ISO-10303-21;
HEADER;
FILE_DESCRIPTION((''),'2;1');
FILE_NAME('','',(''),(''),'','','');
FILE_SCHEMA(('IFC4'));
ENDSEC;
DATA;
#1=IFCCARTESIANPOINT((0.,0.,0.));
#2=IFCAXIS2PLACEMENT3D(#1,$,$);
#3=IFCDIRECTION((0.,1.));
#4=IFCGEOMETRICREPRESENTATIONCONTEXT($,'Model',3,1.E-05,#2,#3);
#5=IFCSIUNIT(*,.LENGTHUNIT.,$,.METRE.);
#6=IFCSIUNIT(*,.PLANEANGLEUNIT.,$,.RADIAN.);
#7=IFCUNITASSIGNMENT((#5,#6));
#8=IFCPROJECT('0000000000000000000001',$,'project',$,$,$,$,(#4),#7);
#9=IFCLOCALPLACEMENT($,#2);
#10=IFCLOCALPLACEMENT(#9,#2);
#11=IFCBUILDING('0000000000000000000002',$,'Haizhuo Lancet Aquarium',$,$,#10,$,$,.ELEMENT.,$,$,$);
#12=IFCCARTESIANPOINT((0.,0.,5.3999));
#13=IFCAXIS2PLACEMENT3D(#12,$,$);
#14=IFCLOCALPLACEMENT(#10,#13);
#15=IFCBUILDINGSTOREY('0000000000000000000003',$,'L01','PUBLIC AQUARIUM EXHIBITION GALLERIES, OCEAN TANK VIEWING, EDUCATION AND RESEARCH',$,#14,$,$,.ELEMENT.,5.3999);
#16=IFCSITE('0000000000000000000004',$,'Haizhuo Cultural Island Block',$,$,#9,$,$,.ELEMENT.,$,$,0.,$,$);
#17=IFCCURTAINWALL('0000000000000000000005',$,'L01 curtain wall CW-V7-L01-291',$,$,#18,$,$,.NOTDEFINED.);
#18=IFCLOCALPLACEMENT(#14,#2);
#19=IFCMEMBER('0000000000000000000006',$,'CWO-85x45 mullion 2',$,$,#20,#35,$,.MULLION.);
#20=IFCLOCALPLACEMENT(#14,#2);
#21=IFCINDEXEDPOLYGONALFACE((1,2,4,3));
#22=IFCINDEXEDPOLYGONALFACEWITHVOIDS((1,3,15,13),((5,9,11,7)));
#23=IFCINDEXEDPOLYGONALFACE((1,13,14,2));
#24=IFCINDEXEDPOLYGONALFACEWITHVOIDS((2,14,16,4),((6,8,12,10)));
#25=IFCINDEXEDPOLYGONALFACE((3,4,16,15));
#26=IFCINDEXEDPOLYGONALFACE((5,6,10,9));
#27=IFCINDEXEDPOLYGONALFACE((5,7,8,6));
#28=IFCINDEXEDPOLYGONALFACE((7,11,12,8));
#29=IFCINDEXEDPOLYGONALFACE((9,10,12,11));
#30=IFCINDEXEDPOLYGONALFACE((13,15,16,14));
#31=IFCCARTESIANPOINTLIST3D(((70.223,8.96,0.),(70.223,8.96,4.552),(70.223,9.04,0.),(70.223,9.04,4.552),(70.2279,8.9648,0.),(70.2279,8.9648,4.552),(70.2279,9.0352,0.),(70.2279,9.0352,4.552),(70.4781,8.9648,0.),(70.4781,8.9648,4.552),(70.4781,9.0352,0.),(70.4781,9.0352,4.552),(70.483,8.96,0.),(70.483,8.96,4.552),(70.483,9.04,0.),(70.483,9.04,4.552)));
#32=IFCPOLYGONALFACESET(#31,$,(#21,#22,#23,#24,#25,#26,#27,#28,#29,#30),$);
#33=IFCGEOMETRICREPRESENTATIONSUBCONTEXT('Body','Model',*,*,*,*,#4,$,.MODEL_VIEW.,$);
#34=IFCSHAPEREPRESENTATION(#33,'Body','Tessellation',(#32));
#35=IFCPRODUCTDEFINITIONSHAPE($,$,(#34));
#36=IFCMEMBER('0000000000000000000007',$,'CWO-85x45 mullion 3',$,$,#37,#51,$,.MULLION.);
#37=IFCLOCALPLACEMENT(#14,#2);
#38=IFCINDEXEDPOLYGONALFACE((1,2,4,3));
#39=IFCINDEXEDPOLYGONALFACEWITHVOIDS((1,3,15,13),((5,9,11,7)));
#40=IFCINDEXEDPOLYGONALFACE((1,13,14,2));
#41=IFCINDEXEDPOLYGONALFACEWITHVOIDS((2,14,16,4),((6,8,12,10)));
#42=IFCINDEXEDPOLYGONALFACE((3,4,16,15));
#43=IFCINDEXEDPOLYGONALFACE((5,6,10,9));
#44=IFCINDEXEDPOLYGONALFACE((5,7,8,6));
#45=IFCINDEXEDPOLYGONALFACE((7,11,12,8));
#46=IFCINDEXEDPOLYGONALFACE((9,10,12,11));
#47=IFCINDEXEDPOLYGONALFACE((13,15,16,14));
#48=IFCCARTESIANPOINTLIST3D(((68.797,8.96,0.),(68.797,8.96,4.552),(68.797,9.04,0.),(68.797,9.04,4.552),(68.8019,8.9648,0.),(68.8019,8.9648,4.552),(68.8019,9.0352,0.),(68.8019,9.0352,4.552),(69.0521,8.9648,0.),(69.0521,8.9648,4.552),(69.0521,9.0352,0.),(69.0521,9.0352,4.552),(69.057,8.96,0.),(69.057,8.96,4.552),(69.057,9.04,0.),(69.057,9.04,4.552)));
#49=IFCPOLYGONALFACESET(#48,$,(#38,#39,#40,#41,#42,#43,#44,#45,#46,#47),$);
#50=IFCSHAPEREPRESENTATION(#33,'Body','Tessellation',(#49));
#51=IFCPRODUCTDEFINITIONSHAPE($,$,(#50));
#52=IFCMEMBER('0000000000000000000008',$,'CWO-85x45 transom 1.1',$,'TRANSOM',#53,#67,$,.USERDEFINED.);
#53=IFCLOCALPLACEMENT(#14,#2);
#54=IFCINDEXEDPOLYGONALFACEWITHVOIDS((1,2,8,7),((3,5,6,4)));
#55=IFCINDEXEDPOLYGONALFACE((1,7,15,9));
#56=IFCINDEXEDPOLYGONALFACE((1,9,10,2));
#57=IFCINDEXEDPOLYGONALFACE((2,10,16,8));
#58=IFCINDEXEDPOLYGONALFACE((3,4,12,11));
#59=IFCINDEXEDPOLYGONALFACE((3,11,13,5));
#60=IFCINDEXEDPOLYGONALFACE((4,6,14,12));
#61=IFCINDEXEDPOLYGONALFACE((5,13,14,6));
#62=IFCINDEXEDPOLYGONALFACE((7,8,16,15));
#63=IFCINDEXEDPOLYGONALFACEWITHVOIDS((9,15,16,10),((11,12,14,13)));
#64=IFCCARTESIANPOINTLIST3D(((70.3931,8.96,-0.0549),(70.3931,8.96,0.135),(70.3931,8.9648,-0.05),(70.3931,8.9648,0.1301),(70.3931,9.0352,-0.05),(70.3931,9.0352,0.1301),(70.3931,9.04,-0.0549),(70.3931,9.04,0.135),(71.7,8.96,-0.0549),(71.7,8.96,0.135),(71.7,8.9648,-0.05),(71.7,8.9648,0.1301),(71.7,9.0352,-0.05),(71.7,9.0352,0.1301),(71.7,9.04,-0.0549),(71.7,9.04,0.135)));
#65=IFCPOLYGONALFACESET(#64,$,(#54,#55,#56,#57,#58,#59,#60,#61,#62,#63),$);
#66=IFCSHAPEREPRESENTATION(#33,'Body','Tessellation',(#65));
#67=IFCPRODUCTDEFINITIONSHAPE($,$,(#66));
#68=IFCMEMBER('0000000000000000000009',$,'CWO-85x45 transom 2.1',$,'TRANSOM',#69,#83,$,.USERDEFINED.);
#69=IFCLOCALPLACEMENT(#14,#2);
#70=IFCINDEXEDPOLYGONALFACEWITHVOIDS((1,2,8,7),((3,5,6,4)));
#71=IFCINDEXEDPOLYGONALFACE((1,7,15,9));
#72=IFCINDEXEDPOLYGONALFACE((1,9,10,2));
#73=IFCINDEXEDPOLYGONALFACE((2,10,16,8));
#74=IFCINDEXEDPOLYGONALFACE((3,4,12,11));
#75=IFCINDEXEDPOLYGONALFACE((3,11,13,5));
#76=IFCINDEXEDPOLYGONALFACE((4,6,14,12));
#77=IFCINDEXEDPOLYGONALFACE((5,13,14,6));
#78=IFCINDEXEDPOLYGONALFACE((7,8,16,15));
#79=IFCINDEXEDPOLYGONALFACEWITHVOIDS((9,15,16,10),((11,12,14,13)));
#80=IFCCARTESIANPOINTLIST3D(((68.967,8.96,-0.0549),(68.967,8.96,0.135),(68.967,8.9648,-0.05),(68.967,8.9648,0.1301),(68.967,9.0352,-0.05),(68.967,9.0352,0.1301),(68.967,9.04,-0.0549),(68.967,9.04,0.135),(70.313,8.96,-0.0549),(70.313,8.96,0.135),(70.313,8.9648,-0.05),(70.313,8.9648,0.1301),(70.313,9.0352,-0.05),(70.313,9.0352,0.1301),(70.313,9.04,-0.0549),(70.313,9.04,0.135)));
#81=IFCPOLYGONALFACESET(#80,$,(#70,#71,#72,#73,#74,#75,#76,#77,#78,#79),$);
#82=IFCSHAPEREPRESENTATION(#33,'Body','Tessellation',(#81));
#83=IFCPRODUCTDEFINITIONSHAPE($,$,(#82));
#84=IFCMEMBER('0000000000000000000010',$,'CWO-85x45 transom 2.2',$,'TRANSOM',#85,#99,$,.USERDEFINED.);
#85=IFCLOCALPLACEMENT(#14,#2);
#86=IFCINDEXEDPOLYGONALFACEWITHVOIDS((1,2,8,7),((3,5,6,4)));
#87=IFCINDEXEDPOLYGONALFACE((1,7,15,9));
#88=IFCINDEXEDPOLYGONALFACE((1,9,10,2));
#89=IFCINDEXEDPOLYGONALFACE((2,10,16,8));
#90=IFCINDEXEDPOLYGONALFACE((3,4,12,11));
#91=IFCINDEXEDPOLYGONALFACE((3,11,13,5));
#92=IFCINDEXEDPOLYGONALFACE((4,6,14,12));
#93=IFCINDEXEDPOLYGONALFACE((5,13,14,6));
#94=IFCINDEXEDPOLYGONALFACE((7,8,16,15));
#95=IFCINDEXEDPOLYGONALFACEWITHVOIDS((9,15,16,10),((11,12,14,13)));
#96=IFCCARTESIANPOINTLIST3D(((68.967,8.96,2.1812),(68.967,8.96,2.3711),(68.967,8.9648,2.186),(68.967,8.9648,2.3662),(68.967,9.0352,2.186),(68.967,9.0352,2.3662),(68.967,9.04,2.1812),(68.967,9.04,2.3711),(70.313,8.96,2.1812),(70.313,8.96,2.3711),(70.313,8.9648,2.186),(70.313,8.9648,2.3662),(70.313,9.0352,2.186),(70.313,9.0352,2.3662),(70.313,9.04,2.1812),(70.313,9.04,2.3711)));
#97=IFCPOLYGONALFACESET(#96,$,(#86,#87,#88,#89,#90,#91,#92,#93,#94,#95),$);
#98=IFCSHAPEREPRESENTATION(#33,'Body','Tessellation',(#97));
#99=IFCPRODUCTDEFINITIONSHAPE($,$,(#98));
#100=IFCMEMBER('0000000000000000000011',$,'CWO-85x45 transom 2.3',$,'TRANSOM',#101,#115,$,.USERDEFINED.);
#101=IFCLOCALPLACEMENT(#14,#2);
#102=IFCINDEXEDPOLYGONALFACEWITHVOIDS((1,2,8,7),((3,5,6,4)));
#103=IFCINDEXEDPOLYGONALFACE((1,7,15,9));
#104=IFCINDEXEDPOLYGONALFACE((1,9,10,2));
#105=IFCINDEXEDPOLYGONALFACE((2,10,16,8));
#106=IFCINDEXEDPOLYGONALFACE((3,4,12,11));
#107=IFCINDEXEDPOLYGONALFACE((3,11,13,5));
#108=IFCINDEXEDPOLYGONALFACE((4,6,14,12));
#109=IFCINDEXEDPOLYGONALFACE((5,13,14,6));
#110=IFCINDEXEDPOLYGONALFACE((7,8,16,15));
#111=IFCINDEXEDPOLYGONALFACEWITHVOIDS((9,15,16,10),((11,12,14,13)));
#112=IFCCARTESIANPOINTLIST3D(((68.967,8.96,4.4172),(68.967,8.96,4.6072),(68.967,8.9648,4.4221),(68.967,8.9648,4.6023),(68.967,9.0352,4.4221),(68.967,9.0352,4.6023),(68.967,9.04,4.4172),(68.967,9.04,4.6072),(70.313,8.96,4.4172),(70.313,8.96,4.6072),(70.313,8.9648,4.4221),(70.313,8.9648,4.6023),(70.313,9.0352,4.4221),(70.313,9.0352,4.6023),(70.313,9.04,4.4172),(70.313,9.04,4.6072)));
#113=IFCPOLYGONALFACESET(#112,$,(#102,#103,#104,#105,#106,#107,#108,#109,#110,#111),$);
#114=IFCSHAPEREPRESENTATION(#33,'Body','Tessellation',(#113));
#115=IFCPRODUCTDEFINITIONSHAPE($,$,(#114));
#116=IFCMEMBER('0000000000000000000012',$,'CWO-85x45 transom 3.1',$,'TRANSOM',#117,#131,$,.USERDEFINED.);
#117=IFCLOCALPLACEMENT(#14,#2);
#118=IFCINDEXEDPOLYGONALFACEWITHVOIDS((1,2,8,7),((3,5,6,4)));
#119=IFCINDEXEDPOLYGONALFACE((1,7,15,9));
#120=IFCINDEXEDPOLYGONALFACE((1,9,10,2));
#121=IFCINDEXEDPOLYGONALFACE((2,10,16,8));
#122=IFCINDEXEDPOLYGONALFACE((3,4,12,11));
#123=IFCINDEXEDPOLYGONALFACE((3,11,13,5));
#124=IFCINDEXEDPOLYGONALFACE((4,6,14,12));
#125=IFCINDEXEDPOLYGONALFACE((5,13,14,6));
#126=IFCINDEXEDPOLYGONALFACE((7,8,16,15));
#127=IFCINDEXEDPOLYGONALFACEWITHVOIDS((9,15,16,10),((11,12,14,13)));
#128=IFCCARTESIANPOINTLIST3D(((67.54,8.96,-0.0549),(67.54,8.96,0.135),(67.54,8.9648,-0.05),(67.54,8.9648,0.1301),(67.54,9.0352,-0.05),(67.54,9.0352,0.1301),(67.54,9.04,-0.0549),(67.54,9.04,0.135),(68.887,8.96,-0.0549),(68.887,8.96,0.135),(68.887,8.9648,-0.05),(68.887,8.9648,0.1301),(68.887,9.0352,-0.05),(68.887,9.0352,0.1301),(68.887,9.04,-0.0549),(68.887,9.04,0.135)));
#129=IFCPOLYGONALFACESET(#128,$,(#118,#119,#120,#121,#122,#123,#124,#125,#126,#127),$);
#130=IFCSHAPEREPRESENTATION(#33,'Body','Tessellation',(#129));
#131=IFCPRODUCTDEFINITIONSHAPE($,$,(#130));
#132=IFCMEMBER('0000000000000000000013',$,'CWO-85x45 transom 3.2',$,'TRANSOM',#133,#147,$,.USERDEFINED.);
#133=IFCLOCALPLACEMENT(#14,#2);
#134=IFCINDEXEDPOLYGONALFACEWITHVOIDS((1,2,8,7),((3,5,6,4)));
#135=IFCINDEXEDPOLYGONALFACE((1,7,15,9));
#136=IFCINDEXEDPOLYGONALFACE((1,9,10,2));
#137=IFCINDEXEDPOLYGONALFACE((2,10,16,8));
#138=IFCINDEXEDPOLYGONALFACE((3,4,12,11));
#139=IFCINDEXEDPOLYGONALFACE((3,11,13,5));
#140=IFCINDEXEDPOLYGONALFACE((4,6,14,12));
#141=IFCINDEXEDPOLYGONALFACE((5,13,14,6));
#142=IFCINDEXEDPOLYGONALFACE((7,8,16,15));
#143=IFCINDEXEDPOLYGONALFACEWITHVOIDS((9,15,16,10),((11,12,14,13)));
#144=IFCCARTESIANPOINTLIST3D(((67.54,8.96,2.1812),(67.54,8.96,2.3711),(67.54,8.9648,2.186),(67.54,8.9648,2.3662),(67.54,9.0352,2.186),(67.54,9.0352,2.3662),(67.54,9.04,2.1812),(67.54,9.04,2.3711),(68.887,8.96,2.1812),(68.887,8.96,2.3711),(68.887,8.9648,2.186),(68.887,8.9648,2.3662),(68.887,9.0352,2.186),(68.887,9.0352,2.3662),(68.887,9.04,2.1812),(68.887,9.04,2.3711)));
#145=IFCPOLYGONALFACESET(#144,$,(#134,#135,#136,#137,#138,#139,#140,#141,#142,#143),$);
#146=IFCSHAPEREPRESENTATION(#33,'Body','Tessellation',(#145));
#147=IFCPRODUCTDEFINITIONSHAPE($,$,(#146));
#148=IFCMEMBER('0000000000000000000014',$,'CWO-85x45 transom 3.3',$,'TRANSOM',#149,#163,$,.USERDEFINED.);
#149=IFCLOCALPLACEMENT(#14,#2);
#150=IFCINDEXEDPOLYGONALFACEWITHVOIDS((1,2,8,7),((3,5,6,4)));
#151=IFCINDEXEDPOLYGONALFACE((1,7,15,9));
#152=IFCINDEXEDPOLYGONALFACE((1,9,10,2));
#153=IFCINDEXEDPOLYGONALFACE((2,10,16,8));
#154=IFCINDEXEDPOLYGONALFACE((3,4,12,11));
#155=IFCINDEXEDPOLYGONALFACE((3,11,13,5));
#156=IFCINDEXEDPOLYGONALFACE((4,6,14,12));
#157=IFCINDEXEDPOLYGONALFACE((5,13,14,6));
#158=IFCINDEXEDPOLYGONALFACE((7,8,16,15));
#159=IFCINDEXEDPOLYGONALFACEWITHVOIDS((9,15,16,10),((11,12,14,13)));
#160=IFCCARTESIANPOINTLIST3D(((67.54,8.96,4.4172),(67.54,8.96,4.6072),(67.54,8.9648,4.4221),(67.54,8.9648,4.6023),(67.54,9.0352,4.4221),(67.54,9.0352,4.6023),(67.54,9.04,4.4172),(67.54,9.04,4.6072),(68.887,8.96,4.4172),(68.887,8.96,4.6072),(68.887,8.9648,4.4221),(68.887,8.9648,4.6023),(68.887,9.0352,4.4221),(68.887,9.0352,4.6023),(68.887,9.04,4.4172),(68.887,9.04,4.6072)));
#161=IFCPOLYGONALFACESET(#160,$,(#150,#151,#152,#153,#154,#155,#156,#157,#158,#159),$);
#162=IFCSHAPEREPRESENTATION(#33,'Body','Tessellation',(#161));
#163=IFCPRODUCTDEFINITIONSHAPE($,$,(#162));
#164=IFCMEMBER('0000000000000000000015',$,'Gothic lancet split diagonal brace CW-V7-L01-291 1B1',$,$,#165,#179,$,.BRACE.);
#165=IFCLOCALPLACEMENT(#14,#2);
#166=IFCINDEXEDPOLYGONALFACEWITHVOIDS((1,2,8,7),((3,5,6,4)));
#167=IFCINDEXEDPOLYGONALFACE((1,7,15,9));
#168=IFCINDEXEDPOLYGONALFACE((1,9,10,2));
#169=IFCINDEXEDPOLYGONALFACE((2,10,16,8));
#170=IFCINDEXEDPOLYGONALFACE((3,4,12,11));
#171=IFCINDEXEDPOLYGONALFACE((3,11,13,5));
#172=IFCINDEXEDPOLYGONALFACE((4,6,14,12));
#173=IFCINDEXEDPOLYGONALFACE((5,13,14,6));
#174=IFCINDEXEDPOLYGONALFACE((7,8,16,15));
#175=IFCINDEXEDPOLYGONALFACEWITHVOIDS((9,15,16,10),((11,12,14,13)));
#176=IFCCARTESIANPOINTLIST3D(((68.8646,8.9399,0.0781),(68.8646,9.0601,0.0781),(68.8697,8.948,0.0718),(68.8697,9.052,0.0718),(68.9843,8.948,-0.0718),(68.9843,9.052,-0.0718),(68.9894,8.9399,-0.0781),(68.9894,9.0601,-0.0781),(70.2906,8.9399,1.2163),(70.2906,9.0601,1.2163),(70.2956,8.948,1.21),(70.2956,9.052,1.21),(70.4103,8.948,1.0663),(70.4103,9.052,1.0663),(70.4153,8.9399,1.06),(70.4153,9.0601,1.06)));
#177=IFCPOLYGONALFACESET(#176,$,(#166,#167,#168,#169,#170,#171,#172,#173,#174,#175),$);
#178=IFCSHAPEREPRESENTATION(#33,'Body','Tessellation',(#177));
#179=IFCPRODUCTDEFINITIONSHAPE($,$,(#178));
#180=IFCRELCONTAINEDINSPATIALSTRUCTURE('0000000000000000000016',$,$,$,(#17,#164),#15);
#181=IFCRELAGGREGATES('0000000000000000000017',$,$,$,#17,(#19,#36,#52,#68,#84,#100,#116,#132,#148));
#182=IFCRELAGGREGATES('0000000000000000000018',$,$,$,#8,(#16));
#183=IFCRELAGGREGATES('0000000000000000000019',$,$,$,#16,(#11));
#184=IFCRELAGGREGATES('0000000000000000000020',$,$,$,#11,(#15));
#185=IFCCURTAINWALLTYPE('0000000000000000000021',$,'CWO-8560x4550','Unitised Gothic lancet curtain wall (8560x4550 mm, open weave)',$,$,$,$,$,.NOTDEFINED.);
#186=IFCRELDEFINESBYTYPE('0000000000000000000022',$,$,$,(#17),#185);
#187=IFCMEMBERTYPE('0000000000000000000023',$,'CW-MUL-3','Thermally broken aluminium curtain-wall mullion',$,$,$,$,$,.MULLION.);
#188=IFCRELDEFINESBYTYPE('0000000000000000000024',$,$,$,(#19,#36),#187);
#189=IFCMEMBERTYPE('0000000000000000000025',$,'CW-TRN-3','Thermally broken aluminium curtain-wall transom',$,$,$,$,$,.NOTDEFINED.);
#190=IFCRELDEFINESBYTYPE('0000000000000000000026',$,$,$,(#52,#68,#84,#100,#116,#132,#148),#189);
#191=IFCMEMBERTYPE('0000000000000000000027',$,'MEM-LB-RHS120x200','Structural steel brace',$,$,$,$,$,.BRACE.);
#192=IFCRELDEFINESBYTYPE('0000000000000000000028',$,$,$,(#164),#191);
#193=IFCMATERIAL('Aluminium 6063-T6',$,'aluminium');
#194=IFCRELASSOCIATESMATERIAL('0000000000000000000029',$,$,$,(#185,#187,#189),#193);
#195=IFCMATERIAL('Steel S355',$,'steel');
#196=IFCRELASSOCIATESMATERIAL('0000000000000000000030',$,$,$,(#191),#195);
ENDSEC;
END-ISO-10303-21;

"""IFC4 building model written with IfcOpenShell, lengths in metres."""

from ifc_helpers import new_model, si_unit, direction, frame, origin, origin_2d, place, context, subcontext, project, spatial, hollow_rectangle, extrude, material, material_profile, profile_set, type_object, element, aggregate, save


model = new_model("IFC4")

# Units and contexts
model_context = context("Model", 3, precision=1e-05, world=origin(), true_north=direction((0.0, 1.0)))
body_context = subcontext(model_context, "Body", "Model", "MODEL_VIEW")
ifc_project = project(units=[si_unit("LENGTHUNIT", "METRE"), si_unit("PLANEANGLEUNIT", "RADIAN")], contexts=[model_context])

# Site, building, storey
site_placement = place(None, origin())
site = spatial("IfcSite", under=ifc_project, at=site_placement, Name="Haizhuo Cultural Island Block", CompositionType="ELEMENT", RefElevation=0.0)
building_placement = place(site_placement, origin())
building = spatial("IfcBuilding", under=site, at=building_placement, Name="Haizhuo Lancet Aquarium", CompositionType="ELEMENT")
storey_placement = place(building_placement, frame((0.0, 0.0, 5.3999)))
storey = spatial("IfcBuildingStorey", under=building, at=storey_placement, Name="L01", Description="PUBLIC AQUARIUM EXHIBITION GALLERIES, OCEAN TANK VIEWING, EDUCATION AND RESEARCH", CompositionType="ELEMENT", Elevation=5.3999)

# Curtain wall, members
ifc_material_1 = material(Name="Aluminium 6063-T6", Category="aluminium")
curtain_wall_type = type_object("IfcCurtainWallType", Name="CWO-8560x4550", Description="Unitised Gothic lancet curtain wall (8560x4550 mm, open weave)", PredefinedType="NOTDEFINED", material=ifc_material_1)
curtain_wall_placement = place(storey_placement, origin())
curtain_wall = element("IfcCurtainWall", 1, at=curtain_wall_placement, inside=storey, type_object=curtain_wall_type, Name="L01 curtain wall CW-V7-L01-291", PredefinedType="NOTDEFINED")
ifc_material_profile_1 = material_profile(ifc_material_1, hollow_rectangle(XDim=0.0801, YDim=0.26, WallThickness=0.0049, at=origin_2d()), Name="ALU-M 80x260x5")
ifc_profile_set_1 = profile_set([ifc_material_profile_1], Name="Aluminium 6063-T6")
member_type_1 = type_object("IfcMemberType", Name="CW-MUL-3", Description="Thermally broken aluminium curtain-wall mullion", PredefinedType="MULLION", material=ifc_profile_set_1)
member_1_placement = place(storey_placement, frame((70.353, 9.0, 0.0), z_axis=(0.0, 0.0, 1.0), x_axis=(0.0, -1.0, 0.0)))
member_1 = element("IfcMember", 2, at=member_1_placement, type_object=member_type_1, Name="CWO-85x45 mullion 2", PredefinedType="MULLION", context=body_context, shape_type="SweptSolid", body=[
    extrude(hollow_rectangle(XDim=0.0801, YDim=0.26, WallThickness=0.0049, at=origin_2d()), origin(), (0.0, 0.0, 1.0), 4.552),
])
member_2_placement = place(storey_placement, frame((68.927, 9.0, 0.0), z_axis=(0.0, 0.0, 1.0), x_axis=(0.0, -1.0, 0.0)))
member_2 = element("IfcMember", 3, at=member_2_placement, type_object=member_type_1, Name="CWO-85x45 mullion 3", PredefinedType="MULLION", context=body_context, shape_type="SweptSolid", body=[
    extrude(hollow_rectangle(XDim=0.0801, YDim=0.26, WallThickness=0.0049, at=origin_2d()), origin(), (0.0, 0.0, 1.0), 4.552),
])
ifc_material_profile_2 = material_profile(ifc_material_1, hollow_rectangle(XDim=0.0801, YDim=0.1899, WallThickness=0.0049, at=origin_2d()), Name="ALU-T 80x190x5")
ifc_profile_set_2 = profile_set([ifc_material_profile_2], Name="Aluminium 6063-T6")
member_type_2 = type_object("IfcMemberType", Name="CW-TRN-3", Description="Thermally broken aluminium curtain-wall transom", PredefinedType="NOTDEFINED", material=ifc_profile_set_2)
member_3_placement = place(storey_placement, frame((71.7, 9.0, 0.04), z_axis=(-1.0, 0.0, 0.0), x_axis=(0.0, -1.0, 0.0)))
member_3 = element("IfcMember", 4, at=member_3_placement, type_object=member_type_2, Name="CWO-85x45 transom 1.1", ObjectType="TRANSOM", PredefinedType="USERDEFINED", context=body_context, shape_type="SweptSolid", body=[
    extrude(hollow_rectangle(XDim=0.0801, YDim=0.1899, WallThickness=0.0049, at=origin_2d()), origin(), (0.0, 0.0, 1.0), 1.3069),
])
member_4_placement = place(storey_placement, frame((70.313, 9.0, 0.04), z_axis=(-1.0, 0.0, 0.0), x_axis=(0.0, -1.0, 0.0)))
member_4 = element("IfcMember", 5, at=member_4_placement, type_object=member_type_2, Name="CWO-85x45 transom 2.1", ObjectType="TRANSOM", PredefinedType="USERDEFINED", context=body_context, shape_type="SweptSolid", body=[
    extrude(hollow_rectangle(XDim=0.0801, YDim=0.1899, WallThickness=0.0049, at=origin_2d()), origin(), (0.0, 0.0, 1.0), 1.3459),
])
member_5_placement = place(storey_placement, frame((70.313, 9.0, 2.2761), z_axis=(-1.0, 0.0, 0.0), x_axis=(0.0, -1.0, 0.0)))
member_5 = element("IfcMember", 6, at=member_5_placement, type_object=member_type_2, Name="CWO-85x45 transom 2.2", ObjectType="TRANSOM", PredefinedType="USERDEFINED", context=body_context, shape_type="SweptSolid", body=[
    extrude(hollow_rectangle(XDim=0.0801, YDim=0.1899, WallThickness=0.0049, at=origin_2d()), origin(), (0.0, 0.0, 1.0), 1.3459),
])
member_6_placement = place(storey_placement, frame((70.313, 9.0, 4.5122), z_axis=(-1.0, 0.0, 0.0), x_axis=(0.0, -1.0, 0.0)))
member_6 = element("IfcMember", 7, at=member_6_placement, type_object=member_type_2, Name="CWO-85x45 transom 2.3", ObjectType="TRANSOM", PredefinedType="USERDEFINED", context=body_context, shape_type="SweptSolid", body=[
    extrude(hollow_rectangle(XDim=0.0801, YDim=0.1899, WallThickness=0.0049, at=origin_2d()), origin(), (0.0, 0.0, 1.0), 1.3459),
])
member_7_placement = place(storey_placement, frame((68.887, 9.0, 0.04), z_axis=(-1.0, 0.0, 0.0), x_axis=(0.0, -1.0, 0.0)))
member_7 = element("IfcMember", 8, at=member_7_placement, type_object=member_type_2, Name="CWO-85x45 transom 3.1", ObjectType="TRANSOM", PredefinedType="USERDEFINED", context=body_context, shape_type="SweptSolid", body=[
    extrude(hollow_rectangle(XDim=0.0801, YDim=0.1899, WallThickness=0.0049, at=origin_2d()), origin(), (0.0, 0.0, 1.0), 1.3469),
])
member_8_placement = place(storey_placement, frame((68.887, 9.0, 2.2761), z_axis=(-1.0, 0.0, 0.0), x_axis=(0.0, -1.0, 0.0)))
member_8 = element("IfcMember", 9, at=member_8_placement, type_object=member_type_2, Name="CWO-85x45 transom 3.2", ObjectType="TRANSOM", PredefinedType="USERDEFINED", context=body_context, shape_type="SweptSolid", body=[
    extrude(hollow_rectangle(XDim=0.0801, YDim=0.1899, WallThickness=0.0049, at=origin_2d()), origin(), (0.0, 0.0, 1.0), 1.3469),
])
member_9_placement = place(storey_placement, frame((68.887, 9.0, 4.5122), z_axis=(-1.0, 0.0, 0.0), x_axis=(0.0, -1.0, 0.0)))
member_9 = element("IfcMember", 10, at=member_9_placement, type_object=member_type_2, Name="CWO-85x45 transom 3.3", ObjectType="TRANSOM", PredefinedType="USERDEFINED", context=body_context, shape_type="SweptSolid", body=[
    extrude(hollow_rectangle(XDim=0.0801, YDim=0.1899, WallThickness=0.0049, at=origin_2d()), origin(), (0.0, 0.0, 1.0), 1.3469),
])

# Member
ifc_material_2 = material(Name="Steel S355", Category="steel")
ifc_material_profile_3 = material_profile(ifc_material_2, hollow_rectangle(XDim=0.1201, YDim=0.2, WallThickness=0.0081, at=origin_2d()), Name="RHS 120x200x8")
ifc_profile_set_3 = profile_set([ifc_material_profile_3], Name="Steel S355")
member_type_3 = type_object("IfcMemberType", Name="MEM-LB-RHS120x200", Description="Structural steel brace", PredefinedType="BRACE", material=ifc_profile_set_3)
member_10_placement = place(storey_placement, frame((68.927, 9.0, 0.0), z_axis=(0.781573, 0.0, 0.623813), x_axis=(0.0, 1.0, 0.0)))
element("IfcMember", 11, at=member_10_placement, inside=storey, type_object=member_type_3, Name="Gothic lancet split diagonal brace CW-V7-L01-291 1B1", PredefinedType="BRACE", context=body_context, shape_type="SweptSolid", body=[
    extrude(hollow_rectangle(XDim=0.1201, YDim=0.2, WallThickness=0.0081, at=origin_2d()), origin(), (0.0, 0.0, 1.0), 1.8245),
])

aggregate(curtain_wall, [member_1, member_2, member_3, member_4, member_5, member_6, member_7, member_8, member_9])

save(model, "model.ifc")
